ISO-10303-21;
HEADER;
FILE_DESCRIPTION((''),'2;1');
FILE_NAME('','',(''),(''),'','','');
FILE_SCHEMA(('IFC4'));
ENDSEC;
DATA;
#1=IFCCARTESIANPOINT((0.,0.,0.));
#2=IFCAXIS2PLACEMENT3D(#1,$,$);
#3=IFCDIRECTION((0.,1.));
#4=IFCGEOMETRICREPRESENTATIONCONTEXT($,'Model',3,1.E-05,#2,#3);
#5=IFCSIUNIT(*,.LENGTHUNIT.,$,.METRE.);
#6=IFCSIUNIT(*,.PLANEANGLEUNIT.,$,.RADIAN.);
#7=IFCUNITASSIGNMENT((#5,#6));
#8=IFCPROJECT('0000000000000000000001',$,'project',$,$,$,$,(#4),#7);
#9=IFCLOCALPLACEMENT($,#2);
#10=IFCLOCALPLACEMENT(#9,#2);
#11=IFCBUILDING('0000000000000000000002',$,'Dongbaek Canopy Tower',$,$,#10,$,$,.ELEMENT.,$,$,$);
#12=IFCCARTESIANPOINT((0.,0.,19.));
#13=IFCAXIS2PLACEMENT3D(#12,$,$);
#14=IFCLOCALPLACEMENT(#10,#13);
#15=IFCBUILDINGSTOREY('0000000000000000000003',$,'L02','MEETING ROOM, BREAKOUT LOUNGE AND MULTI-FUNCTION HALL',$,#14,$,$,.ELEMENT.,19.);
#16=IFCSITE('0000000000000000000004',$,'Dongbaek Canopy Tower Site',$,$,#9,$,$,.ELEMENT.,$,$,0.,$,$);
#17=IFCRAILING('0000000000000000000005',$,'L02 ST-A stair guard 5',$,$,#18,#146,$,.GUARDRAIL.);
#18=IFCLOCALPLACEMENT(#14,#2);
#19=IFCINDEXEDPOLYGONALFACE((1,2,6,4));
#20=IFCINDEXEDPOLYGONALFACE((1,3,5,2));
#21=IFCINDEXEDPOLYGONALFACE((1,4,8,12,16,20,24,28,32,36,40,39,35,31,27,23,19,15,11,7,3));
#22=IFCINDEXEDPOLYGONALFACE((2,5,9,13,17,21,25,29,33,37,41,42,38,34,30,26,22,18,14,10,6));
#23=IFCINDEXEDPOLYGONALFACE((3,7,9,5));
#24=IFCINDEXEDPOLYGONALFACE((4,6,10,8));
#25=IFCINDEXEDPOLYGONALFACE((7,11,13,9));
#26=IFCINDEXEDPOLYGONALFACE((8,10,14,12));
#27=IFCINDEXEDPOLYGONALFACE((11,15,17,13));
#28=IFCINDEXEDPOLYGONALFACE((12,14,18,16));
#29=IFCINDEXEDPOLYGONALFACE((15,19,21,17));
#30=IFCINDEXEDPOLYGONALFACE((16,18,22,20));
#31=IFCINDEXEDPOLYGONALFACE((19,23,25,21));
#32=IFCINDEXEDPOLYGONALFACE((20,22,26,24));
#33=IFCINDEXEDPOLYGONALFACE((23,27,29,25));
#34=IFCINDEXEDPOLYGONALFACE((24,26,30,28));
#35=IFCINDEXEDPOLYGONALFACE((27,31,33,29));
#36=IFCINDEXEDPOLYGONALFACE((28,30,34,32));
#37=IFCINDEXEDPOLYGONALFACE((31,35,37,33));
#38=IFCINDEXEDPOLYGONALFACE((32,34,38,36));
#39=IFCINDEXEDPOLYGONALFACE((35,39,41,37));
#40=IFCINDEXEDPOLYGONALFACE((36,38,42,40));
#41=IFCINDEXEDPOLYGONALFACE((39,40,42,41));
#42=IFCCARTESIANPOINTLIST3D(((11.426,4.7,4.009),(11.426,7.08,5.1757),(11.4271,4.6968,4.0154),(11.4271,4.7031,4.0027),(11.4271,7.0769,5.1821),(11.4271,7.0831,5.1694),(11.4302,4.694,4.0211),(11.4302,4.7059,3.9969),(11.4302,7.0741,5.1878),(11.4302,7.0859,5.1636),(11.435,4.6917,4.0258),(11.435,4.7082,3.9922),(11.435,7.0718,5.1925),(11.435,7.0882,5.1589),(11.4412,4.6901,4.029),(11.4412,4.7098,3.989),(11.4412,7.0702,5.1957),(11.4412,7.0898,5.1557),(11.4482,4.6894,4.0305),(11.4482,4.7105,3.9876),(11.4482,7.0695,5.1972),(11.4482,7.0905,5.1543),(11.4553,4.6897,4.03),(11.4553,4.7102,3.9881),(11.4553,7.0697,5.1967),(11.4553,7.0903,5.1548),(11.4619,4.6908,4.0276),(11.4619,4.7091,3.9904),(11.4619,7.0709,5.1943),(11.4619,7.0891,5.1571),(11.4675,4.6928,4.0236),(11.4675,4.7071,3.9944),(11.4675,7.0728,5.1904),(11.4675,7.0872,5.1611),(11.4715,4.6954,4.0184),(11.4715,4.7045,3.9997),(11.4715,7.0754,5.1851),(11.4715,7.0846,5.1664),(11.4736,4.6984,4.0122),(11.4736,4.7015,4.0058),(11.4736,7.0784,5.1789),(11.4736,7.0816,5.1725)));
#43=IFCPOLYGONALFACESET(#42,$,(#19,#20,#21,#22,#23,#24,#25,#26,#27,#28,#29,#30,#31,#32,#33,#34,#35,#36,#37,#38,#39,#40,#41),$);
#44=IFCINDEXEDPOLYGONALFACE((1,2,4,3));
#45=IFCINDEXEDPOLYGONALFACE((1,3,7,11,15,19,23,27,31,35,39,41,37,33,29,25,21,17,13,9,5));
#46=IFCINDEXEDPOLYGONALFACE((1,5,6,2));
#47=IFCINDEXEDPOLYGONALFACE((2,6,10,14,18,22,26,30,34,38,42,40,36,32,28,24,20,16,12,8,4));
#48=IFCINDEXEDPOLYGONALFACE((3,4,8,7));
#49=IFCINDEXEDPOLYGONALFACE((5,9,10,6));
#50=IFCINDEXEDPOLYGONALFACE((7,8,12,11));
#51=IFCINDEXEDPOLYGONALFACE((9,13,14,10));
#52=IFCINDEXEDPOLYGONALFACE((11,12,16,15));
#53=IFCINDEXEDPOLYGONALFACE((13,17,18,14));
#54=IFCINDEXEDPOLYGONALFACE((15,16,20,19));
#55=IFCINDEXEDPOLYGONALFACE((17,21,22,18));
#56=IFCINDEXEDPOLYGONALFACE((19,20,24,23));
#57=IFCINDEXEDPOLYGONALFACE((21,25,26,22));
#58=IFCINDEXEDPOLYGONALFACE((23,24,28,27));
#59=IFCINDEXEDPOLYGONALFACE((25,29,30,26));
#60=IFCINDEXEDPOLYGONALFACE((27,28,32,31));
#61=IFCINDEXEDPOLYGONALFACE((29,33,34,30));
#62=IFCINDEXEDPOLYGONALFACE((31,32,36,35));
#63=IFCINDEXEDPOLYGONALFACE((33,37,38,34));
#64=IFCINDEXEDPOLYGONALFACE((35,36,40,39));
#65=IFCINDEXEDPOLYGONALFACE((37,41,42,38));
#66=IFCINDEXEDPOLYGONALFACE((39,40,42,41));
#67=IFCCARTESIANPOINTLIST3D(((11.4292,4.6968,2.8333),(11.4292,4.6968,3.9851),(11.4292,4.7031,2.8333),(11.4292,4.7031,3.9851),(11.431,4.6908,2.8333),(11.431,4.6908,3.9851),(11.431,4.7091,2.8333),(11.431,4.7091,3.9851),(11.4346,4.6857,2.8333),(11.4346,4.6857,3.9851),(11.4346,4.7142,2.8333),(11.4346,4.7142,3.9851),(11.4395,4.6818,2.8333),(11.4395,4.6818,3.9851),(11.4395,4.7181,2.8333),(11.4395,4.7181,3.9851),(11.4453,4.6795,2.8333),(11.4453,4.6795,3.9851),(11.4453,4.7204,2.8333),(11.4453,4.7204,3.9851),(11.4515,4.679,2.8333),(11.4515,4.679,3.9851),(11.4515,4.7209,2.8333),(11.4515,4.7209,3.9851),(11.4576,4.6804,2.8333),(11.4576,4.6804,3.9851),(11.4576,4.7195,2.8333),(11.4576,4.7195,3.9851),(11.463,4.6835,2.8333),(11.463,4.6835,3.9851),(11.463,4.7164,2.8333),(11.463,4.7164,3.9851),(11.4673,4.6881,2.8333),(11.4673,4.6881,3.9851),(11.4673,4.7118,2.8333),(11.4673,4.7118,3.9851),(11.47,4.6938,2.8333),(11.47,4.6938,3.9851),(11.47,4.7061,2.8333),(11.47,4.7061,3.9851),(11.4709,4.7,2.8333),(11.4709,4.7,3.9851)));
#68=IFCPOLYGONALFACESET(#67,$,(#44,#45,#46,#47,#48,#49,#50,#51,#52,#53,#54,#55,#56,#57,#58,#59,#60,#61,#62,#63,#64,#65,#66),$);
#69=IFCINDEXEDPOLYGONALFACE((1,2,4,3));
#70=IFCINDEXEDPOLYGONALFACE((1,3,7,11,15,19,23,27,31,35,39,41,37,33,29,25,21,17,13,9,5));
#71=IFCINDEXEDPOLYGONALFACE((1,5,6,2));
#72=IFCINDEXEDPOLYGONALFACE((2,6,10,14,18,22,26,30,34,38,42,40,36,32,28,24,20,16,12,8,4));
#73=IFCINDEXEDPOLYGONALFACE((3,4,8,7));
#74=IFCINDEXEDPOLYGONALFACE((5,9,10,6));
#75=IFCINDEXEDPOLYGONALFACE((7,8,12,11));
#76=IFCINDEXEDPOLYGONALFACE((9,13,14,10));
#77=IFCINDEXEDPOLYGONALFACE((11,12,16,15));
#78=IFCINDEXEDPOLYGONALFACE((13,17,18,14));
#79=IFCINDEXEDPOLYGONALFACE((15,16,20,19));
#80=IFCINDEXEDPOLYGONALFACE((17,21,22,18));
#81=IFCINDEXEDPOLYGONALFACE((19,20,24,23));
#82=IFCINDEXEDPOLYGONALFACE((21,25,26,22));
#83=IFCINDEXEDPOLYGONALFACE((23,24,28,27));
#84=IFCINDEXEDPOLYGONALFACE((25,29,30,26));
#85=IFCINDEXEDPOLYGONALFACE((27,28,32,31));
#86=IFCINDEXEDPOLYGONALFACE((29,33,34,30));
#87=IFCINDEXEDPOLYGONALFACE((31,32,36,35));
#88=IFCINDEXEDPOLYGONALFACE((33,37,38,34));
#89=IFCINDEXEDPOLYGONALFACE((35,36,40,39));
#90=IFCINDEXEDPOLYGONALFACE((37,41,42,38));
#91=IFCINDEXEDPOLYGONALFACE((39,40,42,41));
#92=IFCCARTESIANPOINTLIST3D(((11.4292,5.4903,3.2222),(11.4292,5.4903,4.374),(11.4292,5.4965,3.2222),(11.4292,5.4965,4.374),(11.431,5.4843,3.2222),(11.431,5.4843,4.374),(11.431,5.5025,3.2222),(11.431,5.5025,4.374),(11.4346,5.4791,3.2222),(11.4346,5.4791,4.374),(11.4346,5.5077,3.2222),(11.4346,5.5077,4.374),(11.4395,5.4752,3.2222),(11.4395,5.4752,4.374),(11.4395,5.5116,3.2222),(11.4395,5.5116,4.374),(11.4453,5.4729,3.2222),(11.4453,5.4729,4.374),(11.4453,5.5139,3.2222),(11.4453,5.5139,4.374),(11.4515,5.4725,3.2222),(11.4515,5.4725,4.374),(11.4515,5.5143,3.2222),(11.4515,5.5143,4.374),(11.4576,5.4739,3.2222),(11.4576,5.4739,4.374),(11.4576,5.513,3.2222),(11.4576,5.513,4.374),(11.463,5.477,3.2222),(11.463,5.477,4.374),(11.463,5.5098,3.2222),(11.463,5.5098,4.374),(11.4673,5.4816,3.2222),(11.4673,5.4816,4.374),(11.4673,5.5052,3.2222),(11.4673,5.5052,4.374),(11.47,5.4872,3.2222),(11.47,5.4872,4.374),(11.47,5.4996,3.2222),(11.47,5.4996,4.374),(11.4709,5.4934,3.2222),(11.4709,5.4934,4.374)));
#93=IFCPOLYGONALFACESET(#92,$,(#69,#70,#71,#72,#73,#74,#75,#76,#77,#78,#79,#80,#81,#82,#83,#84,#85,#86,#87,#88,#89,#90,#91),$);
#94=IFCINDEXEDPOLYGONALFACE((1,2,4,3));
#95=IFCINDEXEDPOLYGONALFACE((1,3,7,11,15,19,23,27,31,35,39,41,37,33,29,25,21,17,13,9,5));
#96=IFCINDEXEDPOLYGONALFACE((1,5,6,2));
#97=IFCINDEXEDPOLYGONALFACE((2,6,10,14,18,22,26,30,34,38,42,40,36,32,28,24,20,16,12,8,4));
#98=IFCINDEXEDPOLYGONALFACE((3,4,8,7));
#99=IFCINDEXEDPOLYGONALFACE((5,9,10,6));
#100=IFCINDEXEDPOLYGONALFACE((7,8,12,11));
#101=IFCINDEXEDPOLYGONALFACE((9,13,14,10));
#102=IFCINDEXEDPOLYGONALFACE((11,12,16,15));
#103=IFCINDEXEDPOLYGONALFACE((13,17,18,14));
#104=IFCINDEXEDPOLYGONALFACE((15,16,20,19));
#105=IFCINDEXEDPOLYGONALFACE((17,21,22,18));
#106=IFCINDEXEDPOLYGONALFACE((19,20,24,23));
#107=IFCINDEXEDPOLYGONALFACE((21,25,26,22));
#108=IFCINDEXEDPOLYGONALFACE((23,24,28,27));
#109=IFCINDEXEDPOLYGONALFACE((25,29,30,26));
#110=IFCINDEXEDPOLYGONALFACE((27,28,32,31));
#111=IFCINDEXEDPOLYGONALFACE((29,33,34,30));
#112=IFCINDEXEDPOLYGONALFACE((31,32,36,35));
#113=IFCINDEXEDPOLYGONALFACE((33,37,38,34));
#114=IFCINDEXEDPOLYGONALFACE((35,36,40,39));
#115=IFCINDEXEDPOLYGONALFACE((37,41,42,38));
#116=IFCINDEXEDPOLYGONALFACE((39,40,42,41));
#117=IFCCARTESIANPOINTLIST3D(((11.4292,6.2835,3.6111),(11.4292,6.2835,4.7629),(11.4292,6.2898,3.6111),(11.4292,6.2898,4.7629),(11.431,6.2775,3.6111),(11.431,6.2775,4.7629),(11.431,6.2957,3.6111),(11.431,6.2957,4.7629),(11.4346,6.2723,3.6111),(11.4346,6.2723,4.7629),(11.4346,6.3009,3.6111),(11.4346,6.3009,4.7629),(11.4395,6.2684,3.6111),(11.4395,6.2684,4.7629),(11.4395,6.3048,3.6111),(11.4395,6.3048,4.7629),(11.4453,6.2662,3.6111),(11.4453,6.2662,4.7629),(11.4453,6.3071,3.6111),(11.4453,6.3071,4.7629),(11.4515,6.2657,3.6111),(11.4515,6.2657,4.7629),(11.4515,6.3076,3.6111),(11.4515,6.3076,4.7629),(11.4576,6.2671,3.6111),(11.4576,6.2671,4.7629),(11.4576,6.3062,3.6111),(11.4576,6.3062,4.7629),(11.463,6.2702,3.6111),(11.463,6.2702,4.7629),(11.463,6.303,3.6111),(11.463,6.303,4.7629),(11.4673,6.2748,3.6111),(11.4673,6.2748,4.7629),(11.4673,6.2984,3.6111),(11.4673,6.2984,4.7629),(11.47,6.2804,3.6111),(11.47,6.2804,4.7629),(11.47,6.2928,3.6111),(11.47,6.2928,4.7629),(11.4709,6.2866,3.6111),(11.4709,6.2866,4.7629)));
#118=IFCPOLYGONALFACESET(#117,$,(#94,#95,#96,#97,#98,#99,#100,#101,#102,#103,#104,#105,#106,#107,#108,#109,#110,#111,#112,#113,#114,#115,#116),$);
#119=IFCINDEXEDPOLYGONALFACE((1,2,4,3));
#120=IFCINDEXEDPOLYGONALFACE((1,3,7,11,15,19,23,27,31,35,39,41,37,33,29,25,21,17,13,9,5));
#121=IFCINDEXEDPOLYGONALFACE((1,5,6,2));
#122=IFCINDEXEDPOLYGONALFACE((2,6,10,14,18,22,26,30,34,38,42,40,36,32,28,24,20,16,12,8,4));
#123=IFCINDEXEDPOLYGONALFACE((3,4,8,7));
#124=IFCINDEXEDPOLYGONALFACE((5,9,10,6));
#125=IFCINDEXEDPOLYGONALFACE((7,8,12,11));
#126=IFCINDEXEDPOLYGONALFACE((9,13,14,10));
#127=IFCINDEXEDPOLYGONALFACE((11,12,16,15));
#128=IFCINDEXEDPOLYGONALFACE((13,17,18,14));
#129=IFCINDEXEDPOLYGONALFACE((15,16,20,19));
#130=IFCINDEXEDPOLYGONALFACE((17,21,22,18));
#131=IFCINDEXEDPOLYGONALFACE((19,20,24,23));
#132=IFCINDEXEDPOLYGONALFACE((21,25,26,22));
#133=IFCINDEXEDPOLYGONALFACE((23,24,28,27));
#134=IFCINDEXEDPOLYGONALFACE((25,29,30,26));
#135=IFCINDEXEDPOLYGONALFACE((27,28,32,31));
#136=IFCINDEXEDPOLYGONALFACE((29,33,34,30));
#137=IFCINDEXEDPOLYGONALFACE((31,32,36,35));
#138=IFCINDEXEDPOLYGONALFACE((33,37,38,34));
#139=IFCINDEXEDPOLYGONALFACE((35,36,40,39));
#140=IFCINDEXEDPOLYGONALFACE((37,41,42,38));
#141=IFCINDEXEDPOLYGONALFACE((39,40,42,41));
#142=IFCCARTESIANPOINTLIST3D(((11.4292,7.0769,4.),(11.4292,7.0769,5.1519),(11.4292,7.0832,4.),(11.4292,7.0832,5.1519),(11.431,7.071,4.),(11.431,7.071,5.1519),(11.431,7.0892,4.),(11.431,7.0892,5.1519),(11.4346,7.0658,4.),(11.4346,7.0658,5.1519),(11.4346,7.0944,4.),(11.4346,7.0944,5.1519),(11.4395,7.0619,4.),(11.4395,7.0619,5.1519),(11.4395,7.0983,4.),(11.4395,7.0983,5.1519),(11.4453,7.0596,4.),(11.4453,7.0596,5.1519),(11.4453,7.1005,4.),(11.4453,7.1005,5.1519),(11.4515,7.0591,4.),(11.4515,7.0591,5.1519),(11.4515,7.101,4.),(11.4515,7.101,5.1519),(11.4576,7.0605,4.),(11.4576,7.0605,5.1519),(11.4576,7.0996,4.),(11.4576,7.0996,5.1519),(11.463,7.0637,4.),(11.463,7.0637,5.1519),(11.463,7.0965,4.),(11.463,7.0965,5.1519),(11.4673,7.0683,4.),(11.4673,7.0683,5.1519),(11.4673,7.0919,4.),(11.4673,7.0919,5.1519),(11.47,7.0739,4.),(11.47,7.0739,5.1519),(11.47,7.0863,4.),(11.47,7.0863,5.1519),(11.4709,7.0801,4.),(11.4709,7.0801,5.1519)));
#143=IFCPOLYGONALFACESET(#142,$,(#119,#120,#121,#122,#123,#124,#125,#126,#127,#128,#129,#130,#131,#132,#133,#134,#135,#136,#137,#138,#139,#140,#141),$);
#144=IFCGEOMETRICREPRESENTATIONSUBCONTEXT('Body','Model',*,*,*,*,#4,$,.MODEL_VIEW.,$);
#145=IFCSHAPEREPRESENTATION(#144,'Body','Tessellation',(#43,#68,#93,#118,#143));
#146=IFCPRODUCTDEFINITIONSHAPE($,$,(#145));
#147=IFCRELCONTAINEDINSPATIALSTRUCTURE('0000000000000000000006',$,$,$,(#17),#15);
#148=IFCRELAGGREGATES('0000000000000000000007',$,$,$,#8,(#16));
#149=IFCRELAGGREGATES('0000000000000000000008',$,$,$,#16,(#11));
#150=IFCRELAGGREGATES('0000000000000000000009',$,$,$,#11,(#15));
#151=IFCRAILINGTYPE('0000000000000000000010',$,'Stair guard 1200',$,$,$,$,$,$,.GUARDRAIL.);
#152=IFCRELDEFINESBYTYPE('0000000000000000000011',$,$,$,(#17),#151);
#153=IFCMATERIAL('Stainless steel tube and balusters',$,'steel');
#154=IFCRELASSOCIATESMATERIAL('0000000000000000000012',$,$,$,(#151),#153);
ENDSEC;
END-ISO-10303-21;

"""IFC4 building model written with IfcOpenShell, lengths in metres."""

from ifc_helpers import new_model, si_unit, direction, frame, origin, origin_2d, place, context, subcontext, project, spatial, circle, extrude, material, type_object, element, save


model = new_model("IFC4")

# Units and contexts
model_context = context("Model", 3, precision=1e-05, world=origin(), true_north=direction((0.0, 1.0)))
body_context = subcontext(model_context, "Body", "Model", "MODEL_VIEW")
ifc_project = project(units=[si_unit("LENGTHUNIT", "METRE"), si_unit("PLANEANGLEUNIT", "RADIAN")], contexts=[model_context])

# Site, building, storey
site_placement = place(None, origin())
site = spatial("IfcSite", under=ifc_project, at=site_placement, Name="Dongbaek Canopy Tower Site", CompositionType="ELEMENT", RefElevation=0.0)
building_placement = place(site_placement, origin())
building = spatial("IfcBuilding", under=site, at=building_placement, Name="Dongbaek Canopy Tower", CompositionType="ELEMENT")
storey_placement = place(building_placement, frame((0.0, 0.0, 19.0)))
storey = spatial("IfcBuildingStorey", under=building, at=storey_placement, Name="L02", Description="MEETING ROOM, BREAKOUT LOUNGE AND MULTI-FUNCTION HALL", CompositionType="ELEMENT", Elevation=19.0)

# Railing
ifc_material_1 = material(Name="Stainless steel tube and balusters", Category="steel")
railing_type_1 = type_object("IfcRailingType", Name="Stair guard 1200", PredefinedType="GUARDRAIL", material=ifc_material_1)
railing_1_placement = place(storey_placement, frame((11.45, 4.7, 2.8333)))
element("IfcRailing", 1, at=railing_1_placement, inside=storey, type_object=railing_type_1, Name="L02 ST-A stair guard 5", PredefinedType="GUARDRAIL", context=body_context, shape_type="SweptSolid", body=[
    extrude(circle(Radius=0.0239, at=origin_2d()), frame((0.0, 0.0, 1.1758), z_axis=(0.0, 0.897918, 0.440163), x_axis=(-1.0, 0.0, 0.0)), (0.0, 0.0, 1.0), 2.6506),
    extrude(circle(Radius=0.021, at=origin_2d()), origin(), (0.0, 0.0, 1.0), 1.1519),
    extrude(circle(Radius=0.021, at=origin_2d()), frame((0.0, 0.7935, 0.3889)), (0.0, 0.0, 1.0), 1.1519),
    extrude(circle(Radius=0.021, at=origin_2d()), frame((0.0, 1.5867, 0.7778)), (0.0, 0.0, 1.0), 1.1519),
    extrude(circle(Radius=0.021, at=origin_2d()), frame((0.0, 2.3801, 1.1667)), (0.0, 0.0, 1.0), 1.1519),
])

save(model, "model.ifc")
